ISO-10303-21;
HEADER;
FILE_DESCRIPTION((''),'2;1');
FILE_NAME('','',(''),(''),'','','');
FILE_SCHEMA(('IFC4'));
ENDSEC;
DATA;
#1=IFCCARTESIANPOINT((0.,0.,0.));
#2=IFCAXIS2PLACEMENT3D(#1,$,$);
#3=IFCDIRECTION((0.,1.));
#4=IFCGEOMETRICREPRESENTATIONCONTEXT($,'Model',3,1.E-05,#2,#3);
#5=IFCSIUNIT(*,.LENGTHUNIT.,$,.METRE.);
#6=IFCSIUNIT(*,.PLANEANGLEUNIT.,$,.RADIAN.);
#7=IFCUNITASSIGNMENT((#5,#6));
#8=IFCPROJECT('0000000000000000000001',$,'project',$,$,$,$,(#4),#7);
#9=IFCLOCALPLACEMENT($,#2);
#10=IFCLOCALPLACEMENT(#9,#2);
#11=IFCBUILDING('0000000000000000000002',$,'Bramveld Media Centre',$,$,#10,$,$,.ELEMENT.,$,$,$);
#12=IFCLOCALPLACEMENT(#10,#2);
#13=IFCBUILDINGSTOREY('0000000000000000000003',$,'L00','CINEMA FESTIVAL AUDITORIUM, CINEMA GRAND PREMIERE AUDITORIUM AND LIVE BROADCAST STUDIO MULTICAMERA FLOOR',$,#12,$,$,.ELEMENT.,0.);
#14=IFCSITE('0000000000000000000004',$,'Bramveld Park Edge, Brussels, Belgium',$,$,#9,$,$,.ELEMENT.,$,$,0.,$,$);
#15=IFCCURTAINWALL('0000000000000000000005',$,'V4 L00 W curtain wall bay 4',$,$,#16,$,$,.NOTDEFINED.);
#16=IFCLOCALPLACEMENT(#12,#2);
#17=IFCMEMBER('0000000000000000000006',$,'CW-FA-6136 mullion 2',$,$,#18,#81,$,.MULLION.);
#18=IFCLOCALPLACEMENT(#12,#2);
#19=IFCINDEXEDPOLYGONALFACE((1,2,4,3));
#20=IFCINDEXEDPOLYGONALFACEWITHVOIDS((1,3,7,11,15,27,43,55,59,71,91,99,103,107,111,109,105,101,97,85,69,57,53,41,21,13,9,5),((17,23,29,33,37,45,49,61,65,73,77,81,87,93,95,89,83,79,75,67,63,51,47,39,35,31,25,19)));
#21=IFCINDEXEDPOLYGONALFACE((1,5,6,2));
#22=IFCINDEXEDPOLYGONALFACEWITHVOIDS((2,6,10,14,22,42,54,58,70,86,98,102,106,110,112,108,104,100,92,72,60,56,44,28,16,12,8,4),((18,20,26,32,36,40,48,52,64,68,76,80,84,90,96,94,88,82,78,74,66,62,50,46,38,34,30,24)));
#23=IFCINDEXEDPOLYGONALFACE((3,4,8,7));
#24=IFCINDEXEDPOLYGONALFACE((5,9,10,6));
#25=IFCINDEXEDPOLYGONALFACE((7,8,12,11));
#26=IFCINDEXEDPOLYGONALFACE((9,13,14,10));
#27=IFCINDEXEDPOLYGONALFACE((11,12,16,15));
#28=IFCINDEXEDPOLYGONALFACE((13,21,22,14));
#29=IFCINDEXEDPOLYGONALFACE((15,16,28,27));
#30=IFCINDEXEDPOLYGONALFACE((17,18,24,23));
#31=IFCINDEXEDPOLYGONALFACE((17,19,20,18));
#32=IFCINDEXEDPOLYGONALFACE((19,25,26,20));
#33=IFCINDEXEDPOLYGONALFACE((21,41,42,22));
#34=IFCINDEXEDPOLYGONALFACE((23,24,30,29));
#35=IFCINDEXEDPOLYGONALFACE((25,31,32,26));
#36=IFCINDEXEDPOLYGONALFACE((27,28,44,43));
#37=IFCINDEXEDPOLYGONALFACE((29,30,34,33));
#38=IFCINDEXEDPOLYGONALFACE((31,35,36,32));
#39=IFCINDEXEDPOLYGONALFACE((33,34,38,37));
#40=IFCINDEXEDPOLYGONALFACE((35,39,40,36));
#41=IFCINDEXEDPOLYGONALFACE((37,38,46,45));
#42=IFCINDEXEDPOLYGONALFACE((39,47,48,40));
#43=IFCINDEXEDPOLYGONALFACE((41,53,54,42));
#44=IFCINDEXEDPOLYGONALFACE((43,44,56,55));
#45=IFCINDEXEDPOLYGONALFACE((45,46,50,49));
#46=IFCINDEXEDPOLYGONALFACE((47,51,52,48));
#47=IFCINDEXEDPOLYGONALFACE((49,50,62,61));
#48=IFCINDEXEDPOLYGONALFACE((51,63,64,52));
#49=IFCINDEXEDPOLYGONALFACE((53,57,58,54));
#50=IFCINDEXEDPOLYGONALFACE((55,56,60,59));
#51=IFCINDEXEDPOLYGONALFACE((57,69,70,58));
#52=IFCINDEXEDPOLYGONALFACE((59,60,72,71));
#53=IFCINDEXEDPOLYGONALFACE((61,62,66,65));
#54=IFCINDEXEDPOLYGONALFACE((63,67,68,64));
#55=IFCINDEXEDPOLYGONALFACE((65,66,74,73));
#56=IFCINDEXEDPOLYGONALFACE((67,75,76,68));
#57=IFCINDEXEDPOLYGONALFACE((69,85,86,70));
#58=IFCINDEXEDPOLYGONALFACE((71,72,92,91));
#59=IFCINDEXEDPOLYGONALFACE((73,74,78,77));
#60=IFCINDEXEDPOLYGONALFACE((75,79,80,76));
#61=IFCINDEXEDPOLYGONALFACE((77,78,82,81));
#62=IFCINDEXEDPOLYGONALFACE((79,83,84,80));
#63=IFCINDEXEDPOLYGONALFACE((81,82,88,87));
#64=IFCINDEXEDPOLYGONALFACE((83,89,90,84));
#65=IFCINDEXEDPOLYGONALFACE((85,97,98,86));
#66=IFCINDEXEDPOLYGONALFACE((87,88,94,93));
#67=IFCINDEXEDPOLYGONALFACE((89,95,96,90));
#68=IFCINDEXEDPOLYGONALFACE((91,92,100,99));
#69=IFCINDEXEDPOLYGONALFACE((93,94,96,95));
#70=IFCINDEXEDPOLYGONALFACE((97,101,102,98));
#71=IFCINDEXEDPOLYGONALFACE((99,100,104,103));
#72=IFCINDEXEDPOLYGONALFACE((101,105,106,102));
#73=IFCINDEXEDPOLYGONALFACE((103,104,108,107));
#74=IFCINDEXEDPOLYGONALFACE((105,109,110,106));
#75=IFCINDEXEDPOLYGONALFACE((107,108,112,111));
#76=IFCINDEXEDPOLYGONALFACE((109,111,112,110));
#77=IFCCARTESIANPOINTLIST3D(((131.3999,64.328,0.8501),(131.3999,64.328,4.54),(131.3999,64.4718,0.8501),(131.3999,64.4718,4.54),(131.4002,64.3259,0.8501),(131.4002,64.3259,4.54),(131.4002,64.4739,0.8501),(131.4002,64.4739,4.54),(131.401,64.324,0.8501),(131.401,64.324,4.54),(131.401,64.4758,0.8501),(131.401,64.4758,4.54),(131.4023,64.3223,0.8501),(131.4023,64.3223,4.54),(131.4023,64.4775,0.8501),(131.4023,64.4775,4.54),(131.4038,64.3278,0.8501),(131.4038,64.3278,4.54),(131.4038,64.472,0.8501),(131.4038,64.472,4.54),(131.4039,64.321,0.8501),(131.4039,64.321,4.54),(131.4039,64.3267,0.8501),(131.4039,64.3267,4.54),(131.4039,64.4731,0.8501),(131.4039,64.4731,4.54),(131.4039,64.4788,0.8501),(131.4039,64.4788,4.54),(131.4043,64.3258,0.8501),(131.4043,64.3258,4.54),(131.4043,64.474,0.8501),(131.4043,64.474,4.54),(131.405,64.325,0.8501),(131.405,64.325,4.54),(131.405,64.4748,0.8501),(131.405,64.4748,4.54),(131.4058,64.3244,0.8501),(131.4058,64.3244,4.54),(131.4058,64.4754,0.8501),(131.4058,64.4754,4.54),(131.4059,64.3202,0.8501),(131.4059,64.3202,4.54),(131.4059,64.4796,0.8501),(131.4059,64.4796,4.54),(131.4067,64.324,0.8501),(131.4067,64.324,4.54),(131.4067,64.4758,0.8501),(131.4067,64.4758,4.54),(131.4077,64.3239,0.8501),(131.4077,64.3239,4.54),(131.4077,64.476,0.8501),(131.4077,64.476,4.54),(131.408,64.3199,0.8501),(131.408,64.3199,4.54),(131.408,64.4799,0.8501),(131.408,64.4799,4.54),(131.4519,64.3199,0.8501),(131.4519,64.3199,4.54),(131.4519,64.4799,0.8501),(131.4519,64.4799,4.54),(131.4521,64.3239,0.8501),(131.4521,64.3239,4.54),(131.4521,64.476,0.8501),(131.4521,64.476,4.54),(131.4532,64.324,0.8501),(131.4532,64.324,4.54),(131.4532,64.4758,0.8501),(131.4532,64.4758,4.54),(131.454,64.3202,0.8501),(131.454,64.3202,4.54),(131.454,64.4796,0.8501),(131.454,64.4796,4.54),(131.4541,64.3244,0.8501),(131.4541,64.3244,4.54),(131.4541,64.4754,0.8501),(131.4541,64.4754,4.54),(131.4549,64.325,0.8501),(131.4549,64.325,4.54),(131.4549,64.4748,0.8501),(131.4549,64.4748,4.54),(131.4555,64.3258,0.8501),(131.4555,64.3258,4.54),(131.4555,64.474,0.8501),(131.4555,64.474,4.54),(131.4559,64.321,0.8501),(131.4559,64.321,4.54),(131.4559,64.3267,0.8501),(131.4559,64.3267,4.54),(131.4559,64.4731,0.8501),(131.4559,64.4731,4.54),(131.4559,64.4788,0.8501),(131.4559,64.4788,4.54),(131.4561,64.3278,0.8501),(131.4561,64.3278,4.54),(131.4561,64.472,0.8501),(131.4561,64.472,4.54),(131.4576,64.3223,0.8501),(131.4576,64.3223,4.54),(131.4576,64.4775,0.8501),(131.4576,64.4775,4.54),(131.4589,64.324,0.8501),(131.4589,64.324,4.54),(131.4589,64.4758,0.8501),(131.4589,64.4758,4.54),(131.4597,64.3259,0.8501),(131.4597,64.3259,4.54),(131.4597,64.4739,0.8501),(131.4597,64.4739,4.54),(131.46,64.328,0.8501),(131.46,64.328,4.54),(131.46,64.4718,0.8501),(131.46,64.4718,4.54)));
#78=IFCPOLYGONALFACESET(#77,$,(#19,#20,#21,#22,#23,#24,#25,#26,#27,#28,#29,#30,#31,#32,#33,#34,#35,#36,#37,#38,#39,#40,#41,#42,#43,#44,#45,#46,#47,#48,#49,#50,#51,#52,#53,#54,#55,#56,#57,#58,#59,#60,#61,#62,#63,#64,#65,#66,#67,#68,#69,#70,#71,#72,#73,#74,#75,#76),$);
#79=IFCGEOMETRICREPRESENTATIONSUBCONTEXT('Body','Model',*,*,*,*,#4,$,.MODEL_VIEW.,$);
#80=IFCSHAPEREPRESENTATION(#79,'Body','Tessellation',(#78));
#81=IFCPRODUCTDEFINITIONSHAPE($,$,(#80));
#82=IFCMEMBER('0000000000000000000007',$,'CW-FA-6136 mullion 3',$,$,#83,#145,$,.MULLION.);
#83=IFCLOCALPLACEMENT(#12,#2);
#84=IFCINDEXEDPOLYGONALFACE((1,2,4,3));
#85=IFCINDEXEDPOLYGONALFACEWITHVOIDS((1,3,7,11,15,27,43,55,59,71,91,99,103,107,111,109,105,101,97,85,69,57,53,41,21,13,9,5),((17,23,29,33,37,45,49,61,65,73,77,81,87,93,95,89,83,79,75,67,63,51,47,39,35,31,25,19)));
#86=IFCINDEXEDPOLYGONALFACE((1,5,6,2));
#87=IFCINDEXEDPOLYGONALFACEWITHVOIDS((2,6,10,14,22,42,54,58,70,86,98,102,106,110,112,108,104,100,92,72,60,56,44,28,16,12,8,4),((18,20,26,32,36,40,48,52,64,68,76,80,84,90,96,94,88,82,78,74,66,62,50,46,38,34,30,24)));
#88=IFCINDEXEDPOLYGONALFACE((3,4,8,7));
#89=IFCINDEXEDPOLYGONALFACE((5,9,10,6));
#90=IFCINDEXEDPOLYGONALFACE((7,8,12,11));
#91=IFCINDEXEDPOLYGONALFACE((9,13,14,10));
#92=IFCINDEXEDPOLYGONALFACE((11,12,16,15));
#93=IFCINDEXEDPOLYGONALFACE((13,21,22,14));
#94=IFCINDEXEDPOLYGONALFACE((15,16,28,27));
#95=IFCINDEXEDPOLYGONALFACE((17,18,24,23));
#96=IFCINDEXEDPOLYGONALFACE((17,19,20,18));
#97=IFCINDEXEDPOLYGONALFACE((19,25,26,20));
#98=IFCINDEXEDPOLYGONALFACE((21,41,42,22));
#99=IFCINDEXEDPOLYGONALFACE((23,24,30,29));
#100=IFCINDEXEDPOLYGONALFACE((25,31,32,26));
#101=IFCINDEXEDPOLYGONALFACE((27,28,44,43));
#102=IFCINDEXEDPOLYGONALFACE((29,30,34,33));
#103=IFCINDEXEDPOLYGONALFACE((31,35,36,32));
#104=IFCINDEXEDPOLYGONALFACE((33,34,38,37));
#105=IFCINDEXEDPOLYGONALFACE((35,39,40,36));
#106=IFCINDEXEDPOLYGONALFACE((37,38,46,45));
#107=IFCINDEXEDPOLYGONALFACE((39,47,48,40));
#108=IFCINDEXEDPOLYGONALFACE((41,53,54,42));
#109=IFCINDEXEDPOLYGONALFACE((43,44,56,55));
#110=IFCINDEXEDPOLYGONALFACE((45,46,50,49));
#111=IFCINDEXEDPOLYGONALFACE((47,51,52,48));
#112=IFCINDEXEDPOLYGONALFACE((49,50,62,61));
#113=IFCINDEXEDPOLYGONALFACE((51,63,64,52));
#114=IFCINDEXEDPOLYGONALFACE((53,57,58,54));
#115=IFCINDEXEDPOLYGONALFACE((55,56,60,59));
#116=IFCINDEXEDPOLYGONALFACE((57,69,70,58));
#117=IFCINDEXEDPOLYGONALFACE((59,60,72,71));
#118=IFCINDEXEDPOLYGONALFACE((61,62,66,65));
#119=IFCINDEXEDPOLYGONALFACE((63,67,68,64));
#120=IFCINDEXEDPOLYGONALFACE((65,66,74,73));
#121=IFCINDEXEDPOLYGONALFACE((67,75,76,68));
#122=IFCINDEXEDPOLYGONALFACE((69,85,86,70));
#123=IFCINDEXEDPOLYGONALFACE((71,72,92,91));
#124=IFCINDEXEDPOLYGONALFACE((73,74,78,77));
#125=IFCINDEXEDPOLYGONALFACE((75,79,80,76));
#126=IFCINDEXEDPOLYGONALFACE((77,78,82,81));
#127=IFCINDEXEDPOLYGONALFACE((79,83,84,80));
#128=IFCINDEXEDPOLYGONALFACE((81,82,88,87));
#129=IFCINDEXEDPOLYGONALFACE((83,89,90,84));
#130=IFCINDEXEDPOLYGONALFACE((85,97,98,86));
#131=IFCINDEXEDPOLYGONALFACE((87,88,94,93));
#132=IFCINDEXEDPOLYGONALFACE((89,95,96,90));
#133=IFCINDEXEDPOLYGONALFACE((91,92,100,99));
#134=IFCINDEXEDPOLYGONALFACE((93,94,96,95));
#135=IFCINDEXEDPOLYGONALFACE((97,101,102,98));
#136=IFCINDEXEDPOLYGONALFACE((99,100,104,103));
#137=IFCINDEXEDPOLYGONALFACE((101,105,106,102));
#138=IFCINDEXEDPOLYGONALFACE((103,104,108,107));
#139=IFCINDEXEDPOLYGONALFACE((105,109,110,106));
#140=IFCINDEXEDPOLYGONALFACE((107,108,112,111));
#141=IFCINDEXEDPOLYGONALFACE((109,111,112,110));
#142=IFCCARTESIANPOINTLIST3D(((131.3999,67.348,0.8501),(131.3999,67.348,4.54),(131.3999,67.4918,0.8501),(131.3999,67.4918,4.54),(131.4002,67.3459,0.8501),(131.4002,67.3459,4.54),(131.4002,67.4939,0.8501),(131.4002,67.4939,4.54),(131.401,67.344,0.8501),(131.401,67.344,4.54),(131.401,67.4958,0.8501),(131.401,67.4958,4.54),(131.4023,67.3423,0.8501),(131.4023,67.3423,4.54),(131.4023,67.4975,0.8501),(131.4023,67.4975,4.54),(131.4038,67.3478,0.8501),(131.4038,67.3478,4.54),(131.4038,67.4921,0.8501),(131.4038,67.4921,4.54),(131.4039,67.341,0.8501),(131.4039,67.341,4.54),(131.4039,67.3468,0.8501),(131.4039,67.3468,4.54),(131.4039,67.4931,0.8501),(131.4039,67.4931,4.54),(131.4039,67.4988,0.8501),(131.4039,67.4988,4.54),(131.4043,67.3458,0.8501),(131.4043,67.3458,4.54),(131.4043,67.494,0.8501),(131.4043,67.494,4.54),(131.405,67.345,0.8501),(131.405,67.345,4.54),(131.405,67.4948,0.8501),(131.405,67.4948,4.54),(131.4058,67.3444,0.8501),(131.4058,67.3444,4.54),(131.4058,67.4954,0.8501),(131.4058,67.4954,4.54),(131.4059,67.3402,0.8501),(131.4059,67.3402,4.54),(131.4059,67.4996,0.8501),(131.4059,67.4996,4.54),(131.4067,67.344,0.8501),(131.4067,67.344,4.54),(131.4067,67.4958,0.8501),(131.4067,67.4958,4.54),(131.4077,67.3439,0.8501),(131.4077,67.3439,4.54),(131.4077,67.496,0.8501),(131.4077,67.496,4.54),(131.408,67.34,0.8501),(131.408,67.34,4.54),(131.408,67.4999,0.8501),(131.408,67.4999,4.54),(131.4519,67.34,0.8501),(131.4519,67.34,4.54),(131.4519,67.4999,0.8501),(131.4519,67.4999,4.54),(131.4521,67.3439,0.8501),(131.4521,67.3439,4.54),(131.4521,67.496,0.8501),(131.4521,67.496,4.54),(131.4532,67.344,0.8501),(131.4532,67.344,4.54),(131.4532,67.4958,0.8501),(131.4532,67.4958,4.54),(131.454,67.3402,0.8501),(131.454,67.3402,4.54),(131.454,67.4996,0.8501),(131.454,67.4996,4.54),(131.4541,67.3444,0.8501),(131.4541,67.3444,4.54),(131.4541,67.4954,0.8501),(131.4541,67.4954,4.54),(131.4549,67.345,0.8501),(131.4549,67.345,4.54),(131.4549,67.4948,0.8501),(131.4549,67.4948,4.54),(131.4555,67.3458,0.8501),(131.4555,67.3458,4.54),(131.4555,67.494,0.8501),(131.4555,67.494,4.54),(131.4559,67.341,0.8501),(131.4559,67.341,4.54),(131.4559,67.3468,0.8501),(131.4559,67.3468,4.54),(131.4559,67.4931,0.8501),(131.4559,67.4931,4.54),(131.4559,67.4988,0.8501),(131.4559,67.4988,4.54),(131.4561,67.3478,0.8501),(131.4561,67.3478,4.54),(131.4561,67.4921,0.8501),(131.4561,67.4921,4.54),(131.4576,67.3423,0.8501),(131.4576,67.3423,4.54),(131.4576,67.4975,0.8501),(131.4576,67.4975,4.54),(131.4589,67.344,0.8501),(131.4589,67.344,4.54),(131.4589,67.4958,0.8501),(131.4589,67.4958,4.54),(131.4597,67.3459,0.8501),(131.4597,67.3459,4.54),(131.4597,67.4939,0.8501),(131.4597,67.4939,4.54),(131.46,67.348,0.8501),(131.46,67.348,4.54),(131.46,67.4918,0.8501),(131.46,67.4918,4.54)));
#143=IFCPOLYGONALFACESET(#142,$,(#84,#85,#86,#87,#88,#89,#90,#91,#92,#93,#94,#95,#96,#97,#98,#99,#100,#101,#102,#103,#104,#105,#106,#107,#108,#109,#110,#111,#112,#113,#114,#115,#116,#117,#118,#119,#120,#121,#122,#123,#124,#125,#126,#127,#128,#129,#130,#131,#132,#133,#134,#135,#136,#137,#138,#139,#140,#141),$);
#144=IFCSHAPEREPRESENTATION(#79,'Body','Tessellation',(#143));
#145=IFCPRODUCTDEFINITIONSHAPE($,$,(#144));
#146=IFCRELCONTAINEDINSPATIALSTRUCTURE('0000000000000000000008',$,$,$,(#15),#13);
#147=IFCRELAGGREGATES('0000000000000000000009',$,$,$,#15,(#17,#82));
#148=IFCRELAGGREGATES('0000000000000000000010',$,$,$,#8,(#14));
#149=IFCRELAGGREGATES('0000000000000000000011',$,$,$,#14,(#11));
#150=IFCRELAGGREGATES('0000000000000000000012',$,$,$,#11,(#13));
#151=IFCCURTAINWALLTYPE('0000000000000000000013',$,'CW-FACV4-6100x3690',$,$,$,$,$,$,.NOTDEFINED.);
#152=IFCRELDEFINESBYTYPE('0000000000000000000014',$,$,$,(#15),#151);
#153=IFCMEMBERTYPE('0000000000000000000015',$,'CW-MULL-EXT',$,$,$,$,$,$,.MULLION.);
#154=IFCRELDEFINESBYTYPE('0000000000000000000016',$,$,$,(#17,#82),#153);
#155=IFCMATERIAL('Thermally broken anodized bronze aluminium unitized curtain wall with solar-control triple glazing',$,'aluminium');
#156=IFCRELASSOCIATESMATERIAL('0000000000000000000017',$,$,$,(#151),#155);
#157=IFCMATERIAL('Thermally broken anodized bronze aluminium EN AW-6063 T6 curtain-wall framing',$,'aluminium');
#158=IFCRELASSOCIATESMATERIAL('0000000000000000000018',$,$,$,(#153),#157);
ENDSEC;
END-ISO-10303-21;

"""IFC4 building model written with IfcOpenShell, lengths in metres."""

from ifc_helpers import new_model, si_unit, direction, frame, origin, origin_2d, place, context, subcontext, project, spatial, hollow_rectangle, extrude, material, material_profile, profile_set, type_object, element, aggregate, save


model = new_model("IFC4")

# Units and contexts
model_context = context("Model", 3, precision=1e-05, world=origin(), true_north=direction((0.0, 1.0)))
body_context = subcontext(model_context, "Body", "Model", "MODEL_VIEW")
ifc_project = project(units=[si_unit("LENGTHUNIT", "METRE"), si_unit("PLANEANGLEUNIT", "RADIAN")], contexts=[model_context])

# Site, building, storey
site_placement = place(None, origin())
site = spatial("IfcSite", under=ifc_project, at=site_placement, Name="Bramveld Park Edge, Brussels, Belgium", CompositionType="ELEMENT", RefElevation=0.0)
building_placement = place(site_placement, origin())
building = spatial("IfcBuilding", under=site, at=building_placement, Name="Bramveld Media Centre", CompositionType="ELEMENT")
storey_placement = place(building_placement, origin())
storey = spatial("IfcBuildingStorey", under=building, at=storey_placement, Name="L00", Description="CINEMA FESTIVAL AUDITORIUM, CINEMA GRAND PREMIERE AUDITORIUM AND LIVE BROADCAST STUDIO MULTICAMERA FLOOR", CompositionType="ELEMENT", Elevation=0.0)

# Curtain wall, members
ifc_material_1 = material(Name="Thermally broken anodized bronze aluminium unitized curtain wall with solar-control triple glazing", Category="aluminium")
curtain_wall_type = type_object("IfcCurtainWallType", Name="CW-FACV4-6100x3690", PredefinedType="NOTDEFINED", material=ifc_material_1)
curtain_wall_placement = place(storey_placement, origin())
curtain_wall = element("IfcCurtainWall", 1, at=curtain_wall_placement, inside=storey, type_object=curtain_wall_type, Name="V4 L00 W curtain wall bay 4", PredefinedType="NOTDEFINED")
ifc_material_2 = material(Name="Thermally broken anodized bronze aluminium EN AW-6063 T6 curtain-wall framing", Category="aluminium")
ifc_material_profile_1 = material_profile(ifc_material_2, hollow_rectangle(XDim=0.0601, YDim=0.1599, WallThickness=0.0039, InnerFilletRadius=0.0039, OuterFilletRadius=0.0081, at=origin_2d()), Name="AL-MULL 60x160")
ifc_profile_set_1 = profile_set([ifc_material_profile_1], Name="Thermally broken anodized bronze aluminium EN AW-6063 T6 curtain-wall framing")
member_type_1 = type_object("IfcMemberType", Name="CW-MULL-EXT", PredefinedType="MULLION", material=ifc_profile_set_1)
member_1_placement = place(storey_placement, frame((131.4299, 64.3999, 0.8501), z_axis=(0.0, 0.0, 1.0), x_axis=(-1.0, 0.0, 0.0)))
member_1 = element("IfcMember", 2, at=member_1_placement, type_object=member_type_1, Name="CW-FA-6136 mullion 2", PredefinedType="MULLION", context=body_context, shape_type="SweptSolid", body=[
    extrude(hollow_rectangle(XDim=0.0601, YDim=0.1599, WallThickness=0.0039, InnerFilletRadius=0.0039, OuterFilletRadius=0.0081, at=origin_2d()), origin(), (0.0, 0.0, 1.0), 3.6899),
])
member_2_placement = place(storey_placement, frame((131.4299, 67.4199, 0.8501), z_axis=(0.0, 0.0, 1.0), x_axis=(-1.0, 0.0, 0.0)))
member_2 = element("IfcMember", 3, at=member_2_placement, type_object=member_type_1, Name="CW-FA-6136 mullion 3", PredefinedType="MULLION", context=body_context, shape_type="SweptSolid", body=[
    extrude(hollow_rectangle(XDim=0.0601, YDim=0.1599, WallThickness=0.0039, InnerFilletRadius=0.0039, OuterFilletRadius=0.0081, at=origin_2d()), origin(), (0.0, 0.0, 1.0), 3.6899),
])

aggregate(curtain_wall, [member_1, member_2])

save(model, "model.ifc")
